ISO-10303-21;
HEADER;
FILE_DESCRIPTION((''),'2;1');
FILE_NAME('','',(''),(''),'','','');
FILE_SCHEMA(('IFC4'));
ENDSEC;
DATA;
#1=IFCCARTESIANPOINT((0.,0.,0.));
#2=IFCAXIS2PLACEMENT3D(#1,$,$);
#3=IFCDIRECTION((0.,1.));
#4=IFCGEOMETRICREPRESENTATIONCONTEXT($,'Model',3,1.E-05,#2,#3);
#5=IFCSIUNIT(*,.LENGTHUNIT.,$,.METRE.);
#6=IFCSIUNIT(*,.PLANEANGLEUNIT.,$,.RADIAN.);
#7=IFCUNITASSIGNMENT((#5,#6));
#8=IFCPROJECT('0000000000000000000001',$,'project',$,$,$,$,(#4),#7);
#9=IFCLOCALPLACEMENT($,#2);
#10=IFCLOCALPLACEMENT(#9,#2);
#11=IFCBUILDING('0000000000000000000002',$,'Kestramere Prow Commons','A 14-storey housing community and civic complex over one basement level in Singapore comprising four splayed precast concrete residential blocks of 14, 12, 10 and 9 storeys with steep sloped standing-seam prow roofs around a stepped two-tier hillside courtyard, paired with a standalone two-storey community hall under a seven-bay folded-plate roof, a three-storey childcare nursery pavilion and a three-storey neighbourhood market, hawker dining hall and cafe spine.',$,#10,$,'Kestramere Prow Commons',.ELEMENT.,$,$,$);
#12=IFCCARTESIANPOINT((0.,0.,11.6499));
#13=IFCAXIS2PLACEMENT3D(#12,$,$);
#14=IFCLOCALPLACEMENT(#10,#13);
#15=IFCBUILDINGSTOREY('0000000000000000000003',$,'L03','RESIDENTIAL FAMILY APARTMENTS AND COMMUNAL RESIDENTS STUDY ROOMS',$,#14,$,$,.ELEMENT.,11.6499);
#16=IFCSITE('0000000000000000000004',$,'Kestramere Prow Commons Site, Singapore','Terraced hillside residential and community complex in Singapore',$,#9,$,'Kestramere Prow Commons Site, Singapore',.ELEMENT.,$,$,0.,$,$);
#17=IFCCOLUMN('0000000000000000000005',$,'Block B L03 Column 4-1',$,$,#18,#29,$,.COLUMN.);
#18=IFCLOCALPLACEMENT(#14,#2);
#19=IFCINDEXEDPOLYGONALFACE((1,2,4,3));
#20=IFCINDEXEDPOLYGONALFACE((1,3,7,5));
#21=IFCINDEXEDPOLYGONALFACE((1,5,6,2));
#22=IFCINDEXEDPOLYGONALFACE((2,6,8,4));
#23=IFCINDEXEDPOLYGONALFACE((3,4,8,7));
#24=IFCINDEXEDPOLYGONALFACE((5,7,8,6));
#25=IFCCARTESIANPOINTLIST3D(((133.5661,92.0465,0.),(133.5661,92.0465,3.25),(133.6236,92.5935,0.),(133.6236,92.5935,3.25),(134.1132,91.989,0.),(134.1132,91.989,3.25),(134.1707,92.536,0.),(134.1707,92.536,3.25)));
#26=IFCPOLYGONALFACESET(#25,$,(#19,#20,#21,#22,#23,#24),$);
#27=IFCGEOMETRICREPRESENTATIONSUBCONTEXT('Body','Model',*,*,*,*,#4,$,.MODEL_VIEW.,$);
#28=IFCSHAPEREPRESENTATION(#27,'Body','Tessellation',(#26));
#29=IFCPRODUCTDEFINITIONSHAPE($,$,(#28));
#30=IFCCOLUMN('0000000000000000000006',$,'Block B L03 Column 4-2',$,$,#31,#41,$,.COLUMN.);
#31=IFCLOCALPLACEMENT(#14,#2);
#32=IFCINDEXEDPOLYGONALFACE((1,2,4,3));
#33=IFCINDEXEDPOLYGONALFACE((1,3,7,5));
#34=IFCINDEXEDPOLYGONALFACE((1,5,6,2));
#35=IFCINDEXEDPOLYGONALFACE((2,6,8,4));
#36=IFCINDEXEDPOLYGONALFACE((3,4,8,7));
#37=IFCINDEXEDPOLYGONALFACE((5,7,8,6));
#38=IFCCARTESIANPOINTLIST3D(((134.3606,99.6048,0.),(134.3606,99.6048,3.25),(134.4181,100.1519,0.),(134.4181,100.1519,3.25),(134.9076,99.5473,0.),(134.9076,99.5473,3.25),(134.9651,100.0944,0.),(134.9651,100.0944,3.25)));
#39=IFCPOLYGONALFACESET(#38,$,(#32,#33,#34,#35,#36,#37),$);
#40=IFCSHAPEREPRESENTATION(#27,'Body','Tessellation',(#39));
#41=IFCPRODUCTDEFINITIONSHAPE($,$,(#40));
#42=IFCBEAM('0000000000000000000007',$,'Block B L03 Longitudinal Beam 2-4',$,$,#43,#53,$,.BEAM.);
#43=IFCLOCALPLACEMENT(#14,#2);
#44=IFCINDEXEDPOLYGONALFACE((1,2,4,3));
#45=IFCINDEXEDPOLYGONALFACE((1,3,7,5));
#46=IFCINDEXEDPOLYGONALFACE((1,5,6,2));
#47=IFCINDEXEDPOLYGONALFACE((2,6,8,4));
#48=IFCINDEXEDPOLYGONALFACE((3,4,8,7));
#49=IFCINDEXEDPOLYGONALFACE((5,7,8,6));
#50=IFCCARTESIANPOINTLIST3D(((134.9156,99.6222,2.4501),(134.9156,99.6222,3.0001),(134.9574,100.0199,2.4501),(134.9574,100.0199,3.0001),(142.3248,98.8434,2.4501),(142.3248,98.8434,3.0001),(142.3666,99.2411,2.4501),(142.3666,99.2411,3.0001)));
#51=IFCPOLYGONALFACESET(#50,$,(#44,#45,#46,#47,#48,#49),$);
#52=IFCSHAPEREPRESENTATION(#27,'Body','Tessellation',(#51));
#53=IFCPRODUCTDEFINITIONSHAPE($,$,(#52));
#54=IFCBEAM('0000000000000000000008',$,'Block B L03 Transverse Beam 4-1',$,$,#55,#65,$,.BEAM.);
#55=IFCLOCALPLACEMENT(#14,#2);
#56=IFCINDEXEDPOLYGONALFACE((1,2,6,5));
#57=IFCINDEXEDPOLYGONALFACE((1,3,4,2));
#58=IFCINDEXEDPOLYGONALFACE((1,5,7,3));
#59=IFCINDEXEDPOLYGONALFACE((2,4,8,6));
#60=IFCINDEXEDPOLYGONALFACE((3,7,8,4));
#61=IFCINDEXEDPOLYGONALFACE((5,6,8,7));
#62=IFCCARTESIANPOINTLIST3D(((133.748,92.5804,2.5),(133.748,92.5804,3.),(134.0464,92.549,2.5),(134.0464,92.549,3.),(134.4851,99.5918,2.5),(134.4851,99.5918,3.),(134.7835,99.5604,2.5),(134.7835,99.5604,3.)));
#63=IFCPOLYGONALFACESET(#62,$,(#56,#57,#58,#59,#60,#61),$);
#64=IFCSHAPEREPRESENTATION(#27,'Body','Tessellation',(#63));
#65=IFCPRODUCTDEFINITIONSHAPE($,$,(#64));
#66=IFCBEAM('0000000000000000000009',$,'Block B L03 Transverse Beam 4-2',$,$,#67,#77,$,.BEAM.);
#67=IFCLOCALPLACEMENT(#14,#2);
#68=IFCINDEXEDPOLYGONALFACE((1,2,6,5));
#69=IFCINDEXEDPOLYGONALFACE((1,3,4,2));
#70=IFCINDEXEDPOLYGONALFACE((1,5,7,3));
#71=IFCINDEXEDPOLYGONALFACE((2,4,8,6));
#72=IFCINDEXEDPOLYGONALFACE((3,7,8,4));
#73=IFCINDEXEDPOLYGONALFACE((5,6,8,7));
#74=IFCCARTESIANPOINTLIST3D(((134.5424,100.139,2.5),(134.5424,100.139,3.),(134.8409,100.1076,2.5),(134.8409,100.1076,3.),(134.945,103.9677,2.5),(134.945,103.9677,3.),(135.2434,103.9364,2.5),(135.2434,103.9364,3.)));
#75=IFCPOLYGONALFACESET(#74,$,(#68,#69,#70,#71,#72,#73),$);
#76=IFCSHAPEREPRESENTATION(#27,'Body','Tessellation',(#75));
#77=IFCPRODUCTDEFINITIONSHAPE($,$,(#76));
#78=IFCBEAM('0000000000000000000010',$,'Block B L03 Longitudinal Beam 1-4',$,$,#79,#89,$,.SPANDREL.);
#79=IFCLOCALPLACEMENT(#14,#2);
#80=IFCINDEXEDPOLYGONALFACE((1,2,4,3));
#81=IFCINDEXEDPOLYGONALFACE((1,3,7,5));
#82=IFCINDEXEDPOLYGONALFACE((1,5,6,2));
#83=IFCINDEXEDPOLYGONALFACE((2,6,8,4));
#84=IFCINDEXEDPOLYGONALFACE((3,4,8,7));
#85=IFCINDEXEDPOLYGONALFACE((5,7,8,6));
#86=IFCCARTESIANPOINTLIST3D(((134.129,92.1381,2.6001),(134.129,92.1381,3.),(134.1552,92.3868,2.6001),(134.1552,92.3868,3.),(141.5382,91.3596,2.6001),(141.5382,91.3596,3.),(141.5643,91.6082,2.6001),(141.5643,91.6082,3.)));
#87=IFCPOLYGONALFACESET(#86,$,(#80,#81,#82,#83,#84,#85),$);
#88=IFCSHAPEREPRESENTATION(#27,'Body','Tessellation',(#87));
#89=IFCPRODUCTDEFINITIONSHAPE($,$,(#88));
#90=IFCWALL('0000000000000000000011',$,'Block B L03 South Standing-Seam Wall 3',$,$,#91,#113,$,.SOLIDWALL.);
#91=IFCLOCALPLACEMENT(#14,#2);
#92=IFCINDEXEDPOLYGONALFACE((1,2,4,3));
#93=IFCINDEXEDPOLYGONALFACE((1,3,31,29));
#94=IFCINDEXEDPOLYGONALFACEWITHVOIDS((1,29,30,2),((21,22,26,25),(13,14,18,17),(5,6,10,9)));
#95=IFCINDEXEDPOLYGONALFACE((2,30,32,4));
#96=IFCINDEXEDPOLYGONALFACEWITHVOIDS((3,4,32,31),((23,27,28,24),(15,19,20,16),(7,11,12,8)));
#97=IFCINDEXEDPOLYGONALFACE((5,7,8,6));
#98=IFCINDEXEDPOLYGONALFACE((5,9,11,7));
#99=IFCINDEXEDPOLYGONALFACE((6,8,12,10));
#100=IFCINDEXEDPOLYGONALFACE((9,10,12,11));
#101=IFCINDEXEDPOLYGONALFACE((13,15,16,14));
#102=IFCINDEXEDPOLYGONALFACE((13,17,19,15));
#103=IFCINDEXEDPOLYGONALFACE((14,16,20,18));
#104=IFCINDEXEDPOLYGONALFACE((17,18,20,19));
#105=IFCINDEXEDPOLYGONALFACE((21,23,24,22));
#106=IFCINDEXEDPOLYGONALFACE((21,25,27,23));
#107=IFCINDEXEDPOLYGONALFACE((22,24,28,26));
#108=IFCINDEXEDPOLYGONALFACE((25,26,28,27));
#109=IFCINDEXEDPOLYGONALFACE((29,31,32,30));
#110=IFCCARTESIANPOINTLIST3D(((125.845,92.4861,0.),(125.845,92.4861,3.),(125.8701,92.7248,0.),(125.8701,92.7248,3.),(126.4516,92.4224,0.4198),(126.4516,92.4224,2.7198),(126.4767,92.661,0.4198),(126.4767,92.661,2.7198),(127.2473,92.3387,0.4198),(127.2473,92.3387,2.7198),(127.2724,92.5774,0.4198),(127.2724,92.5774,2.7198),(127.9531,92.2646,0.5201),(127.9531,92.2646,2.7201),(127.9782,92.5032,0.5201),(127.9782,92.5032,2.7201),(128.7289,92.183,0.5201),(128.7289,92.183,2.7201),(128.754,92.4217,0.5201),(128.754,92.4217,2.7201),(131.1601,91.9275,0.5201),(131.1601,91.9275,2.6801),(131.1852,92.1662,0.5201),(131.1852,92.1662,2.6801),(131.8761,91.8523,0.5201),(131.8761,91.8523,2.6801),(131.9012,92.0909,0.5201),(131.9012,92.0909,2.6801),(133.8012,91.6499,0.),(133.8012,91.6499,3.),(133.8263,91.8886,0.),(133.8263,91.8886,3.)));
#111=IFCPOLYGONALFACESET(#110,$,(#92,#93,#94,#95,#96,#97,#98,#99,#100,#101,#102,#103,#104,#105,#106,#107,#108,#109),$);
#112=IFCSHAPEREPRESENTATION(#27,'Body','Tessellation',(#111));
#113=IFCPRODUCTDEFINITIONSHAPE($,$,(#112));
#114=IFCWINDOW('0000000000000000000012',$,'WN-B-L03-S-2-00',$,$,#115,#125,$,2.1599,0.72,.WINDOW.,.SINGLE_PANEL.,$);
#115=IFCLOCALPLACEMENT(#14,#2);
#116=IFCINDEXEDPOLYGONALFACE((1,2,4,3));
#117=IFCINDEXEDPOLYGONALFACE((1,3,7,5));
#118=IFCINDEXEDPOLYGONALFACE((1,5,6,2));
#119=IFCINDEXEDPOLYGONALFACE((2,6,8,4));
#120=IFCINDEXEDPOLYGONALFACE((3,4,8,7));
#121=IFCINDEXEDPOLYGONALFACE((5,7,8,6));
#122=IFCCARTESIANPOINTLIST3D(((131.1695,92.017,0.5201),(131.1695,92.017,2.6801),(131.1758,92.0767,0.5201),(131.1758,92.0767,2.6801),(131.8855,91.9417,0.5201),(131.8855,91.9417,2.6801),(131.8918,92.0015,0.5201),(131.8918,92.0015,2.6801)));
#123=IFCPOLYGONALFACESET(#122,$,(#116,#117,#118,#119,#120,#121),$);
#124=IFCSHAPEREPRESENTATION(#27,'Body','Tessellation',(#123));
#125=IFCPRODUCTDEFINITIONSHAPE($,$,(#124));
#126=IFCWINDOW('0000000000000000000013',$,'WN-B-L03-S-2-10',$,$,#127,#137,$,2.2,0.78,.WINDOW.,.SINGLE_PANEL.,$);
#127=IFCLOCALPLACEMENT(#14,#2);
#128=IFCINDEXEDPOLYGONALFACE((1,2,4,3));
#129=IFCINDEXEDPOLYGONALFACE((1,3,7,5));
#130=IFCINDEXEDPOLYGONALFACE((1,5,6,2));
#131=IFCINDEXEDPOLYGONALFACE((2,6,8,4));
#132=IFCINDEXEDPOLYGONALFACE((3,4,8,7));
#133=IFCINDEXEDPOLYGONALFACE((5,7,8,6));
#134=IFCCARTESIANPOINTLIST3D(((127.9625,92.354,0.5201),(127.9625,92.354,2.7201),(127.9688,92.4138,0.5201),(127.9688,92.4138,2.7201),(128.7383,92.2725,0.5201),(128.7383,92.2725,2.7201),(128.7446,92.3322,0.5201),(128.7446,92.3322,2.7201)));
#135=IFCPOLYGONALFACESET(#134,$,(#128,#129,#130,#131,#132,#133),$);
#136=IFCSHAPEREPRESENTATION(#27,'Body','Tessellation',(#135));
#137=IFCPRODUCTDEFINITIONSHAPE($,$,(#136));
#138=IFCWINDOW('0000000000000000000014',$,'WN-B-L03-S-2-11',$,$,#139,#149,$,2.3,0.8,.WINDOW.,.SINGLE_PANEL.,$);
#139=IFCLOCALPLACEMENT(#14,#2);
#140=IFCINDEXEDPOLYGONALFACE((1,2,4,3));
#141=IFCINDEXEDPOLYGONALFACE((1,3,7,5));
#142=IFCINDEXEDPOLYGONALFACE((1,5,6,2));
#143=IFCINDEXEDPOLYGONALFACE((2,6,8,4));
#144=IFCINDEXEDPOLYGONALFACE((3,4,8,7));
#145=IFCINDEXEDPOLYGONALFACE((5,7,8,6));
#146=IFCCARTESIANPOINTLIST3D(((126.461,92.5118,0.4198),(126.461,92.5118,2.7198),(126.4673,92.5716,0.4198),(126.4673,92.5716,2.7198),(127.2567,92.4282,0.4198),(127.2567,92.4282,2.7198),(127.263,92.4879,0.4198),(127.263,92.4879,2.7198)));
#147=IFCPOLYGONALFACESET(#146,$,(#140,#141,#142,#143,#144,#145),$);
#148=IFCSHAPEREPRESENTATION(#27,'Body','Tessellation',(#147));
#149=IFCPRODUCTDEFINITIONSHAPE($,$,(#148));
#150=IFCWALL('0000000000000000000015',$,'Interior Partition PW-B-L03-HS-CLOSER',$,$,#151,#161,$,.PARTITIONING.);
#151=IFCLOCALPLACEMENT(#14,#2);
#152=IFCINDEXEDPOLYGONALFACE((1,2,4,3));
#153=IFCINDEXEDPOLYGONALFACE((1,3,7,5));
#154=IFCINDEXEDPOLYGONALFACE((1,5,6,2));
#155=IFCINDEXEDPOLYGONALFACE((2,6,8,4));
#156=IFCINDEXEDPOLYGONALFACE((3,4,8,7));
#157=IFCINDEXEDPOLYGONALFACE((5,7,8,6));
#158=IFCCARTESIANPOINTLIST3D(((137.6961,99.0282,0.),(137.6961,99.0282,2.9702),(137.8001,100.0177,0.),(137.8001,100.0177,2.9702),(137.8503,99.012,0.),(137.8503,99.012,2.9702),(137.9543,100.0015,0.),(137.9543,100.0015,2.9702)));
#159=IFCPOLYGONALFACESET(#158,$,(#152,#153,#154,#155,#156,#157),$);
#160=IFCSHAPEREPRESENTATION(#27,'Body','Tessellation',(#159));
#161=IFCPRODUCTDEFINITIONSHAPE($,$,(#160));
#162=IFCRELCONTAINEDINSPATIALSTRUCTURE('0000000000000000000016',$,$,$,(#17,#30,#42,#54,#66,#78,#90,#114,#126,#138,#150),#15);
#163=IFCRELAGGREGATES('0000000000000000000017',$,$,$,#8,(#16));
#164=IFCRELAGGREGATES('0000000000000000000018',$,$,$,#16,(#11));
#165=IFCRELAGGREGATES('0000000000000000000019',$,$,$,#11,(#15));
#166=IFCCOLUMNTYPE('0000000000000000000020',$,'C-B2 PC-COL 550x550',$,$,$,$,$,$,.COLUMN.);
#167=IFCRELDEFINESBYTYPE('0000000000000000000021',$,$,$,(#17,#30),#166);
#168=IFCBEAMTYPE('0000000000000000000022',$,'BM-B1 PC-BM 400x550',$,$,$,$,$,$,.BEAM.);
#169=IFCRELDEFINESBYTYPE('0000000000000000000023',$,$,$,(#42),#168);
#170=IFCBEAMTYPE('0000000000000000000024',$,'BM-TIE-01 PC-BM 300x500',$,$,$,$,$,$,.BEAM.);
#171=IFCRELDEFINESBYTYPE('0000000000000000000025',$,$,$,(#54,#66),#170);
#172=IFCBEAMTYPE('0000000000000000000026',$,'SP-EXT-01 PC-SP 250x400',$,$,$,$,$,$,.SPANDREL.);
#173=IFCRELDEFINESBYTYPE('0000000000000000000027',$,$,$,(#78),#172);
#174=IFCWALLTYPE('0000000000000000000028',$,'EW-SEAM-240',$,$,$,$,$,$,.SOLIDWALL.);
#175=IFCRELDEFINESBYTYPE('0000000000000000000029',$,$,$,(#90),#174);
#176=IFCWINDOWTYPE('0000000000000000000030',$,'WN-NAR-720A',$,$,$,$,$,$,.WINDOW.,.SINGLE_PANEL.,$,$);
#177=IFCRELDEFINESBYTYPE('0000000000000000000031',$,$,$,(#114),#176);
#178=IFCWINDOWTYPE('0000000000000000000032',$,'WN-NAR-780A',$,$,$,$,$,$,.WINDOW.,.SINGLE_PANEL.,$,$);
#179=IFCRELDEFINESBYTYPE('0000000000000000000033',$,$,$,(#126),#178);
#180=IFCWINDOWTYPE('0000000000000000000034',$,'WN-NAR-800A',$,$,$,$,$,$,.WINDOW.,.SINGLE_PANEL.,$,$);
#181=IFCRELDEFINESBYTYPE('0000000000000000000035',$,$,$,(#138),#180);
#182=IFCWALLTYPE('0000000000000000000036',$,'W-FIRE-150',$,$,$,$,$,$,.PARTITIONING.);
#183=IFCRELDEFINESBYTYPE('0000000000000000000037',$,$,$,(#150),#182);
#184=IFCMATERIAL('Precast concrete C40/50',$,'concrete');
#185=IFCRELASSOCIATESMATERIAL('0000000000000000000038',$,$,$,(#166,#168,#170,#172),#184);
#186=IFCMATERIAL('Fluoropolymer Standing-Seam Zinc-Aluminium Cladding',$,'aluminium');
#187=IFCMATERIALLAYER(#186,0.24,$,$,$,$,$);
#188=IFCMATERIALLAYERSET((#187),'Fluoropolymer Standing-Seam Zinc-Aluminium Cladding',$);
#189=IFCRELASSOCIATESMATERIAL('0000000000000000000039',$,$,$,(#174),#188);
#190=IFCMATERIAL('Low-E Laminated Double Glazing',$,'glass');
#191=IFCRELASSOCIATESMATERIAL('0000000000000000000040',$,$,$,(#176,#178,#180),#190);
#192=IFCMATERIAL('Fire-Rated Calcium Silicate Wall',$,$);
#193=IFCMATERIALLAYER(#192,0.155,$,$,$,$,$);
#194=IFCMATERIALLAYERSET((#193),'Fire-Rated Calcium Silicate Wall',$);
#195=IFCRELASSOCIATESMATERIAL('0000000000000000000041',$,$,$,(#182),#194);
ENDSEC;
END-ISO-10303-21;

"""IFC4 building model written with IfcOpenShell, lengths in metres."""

from ifc_helpers import new_model, si_unit, direction, frame, frame_2d, origin, origin_2d, place, context, subcontext, project, spatial, rectangle, extrude, material, layer, layer_set, material_profile, profile_set, type_object, element, fill, save


model = new_model("IFC4")

# Units and contexts
model_context = context("Model", 3, precision=1e-05, world=origin(), true_north=direction((0.0, 1.0)))
body_context = subcontext(model_context, "Body", "Model", "MODEL_VIEW")
ifc_project = project(units=[si_unit("LENGTHUNIT", "METRE"), si_unit("PLANEANGLEUNIT", "RADIAN")], contexts=[model_context])

# Site, building, storey
site_placement = place(None, origin())
site = spatial("IfcSite", under=ifc_project, at=site_placement, Name="Kestramere Prow Commons Site, Singapore", Description="Terraced hillside residential and community complex in Singapore", LongName="Kestramere Prow Commons Site, Singapore", CompositionType="ELEMENT", RefElevation=0.0)
building_placement = place(site_placement, origin())
building = spatial("IfcBuilding", under=site, at=building_placement, Name="Kestramere Prow Commons", Description="A 14-storey housing community and civic complex over one basement level in Singapore comprising four splayed precast concrete residential blocks of 14, 12, 10 and 9 storeys with steep sloped standing-seam prow roofs around a stepped two-tier hillside courtyard, paired with a standalone two-storey community hall under a seven-bay folded-plate roof, a three-storey childcare nursery pavilion and a three-storey neighbourhood market, hawker dining hall and cafe spine.", LongName="Kestramere Prow Commons", CompositionType="ELEMENT")
storey_placement = place(building_placement, frame((0.0, 0.0, 11.6499)))
storey = spatial("IfcBuildingStorey", under=building, at=storey_placement, Name="L03", Description="RESIDENTIAL FAMILY APARTMENTS AND COMMUNAL RESIDENTS STUDY ROOMS", CompositionType="ELEMENT", Elevation=11.6499)

# Columns
ifc_material_1 = material(Name="Precast concrete C40/50", Category="concrete")
ifc_material_profile_1 = material_profile(ifc_material_1, rectangle(XDim=0.55, YDim=0.55, at=origin_2d()), Name="PC-COL 550x550")
ifc_profile_set_1 = profile_set([ifc_material_profile_1], Name="Precast concrete C40/50")
column_type = type_object("IfcColumnType", Name="C-B2 PC-COL 550x550", PredefinedType="COLUMN", material=ifc_profile_set_1)
for number, where, z_axis, x_axis, name in (
    (1, (133.8684, 92.2913, 0.0), (0.0, 0.0, 1.0), (0.994522, -0.104528, 0.0), "Block B L03 Column 4-1"),
    (2, (134.6628, 99.8496, 0.0), (0.0, 0.0, 1.0), (0.994522, -0.104528, 0.0), "Block B L03 Column 4-2"),
):
    element("IfcColumn", number, at=place(storey_placement, frame(where, z_axis=z_axis, x_axis=x_axis)), inside=storey, type_object=column_type, Name=name, PredefinedType="COLUMN", context=body_context, shape_type="SweptSolid", body=[
        extrude(rectangle(XDim=0.55, YDim=0.55, at=origin_2d()), origin(), (0.0, 0.0, 1.0), 3.25),
    ])

# Beams
ifc_material_profile_2 = material_profile(ifc_material_1, rectangle(XDim=0.3999, YDim=0.55, at=origin_2d()), Name="PC-BM 400x550")
ifc_profile_set_2 = profile_set([ifc_material_profile_2], Name="Precast concrete C40/50")
beam_type_1 = type_object("IfcBeamType", Name="BM-B1 PC-BM 400x550", PredefinedType="BEAM", material=ifc_profile_set_2)
beam_1_placement = place(storey_placement, frame((134.9365, 99.821, 2.7251), z_axis=(0.994521, -0.104538, 0.0), x_axis=(0.104538, 0.994521, 0.0)))
element("IfcBeam", 3, at=beam_1_placement, inside=storey, type_object=beam_type_1, Name="Block B L03 Longitudinal Beam 2-4", PredefinedType="BEAM", context=body_context, shape_type="SweptSolid", body=[
    extrude(rectangle(XDim=0.3999, YDim=0.55, at=origin_2d()), origin(), (0.0, 0.0, 1.0), 7.45),
])
ifc_material_profile_3 = material_profile(ifc_material_1, rectangle(XDim=0.3, YDim=0.5, at=origin_2d()), Name="PC-BM 300x500")
ifc_profile_set_3 = profile_set([ifc_material_profile_3], Name="Precast concrete C40/50")
beam_type_2 = type_object("IfcBeamType", Name="BM-TIE-01 PC-BM 300x500", PredefinedType="BEAM", material=ifc_profile_set_3)
beam_2_placement = place(storey_placement, frame((133.8972, 92.5647, 2.75), z_axis=(0.104546, 0.99452, 0.0), x_axis=(-0.99452, 0.104546, 0.0)))
element("IfcBeam", 4, at=beam_2_placement, inside=storey, type_object=beam_type_2, Name="Block B L03 Transverse Beam 4-1", PredefinedType="BEAM", context=body_context, shape_type="SweptSolid", body=[
    extrude(rectangle(XDim=0.3, YDim=0.5, at=origin_2d()), origin(), (0.0, 0.0, 1.0), 7.05),
])
beam_3_placement = place(storey_placement, frame((134.6917, 100.1233, 2.75), z_axis=(0.104569, 0.994518, 0.0), x_axis=(-0.994518, 0.104569, 0.0)))
element("IfcBeam", 5, at=beam_3_placement, inside=storey, type_object=beam_type_2, Name="Block B L03 Transverse Beam 4-2", PredefinedType="BEAM", context=body_context, shape_type="SweptSolid", body=[
    extrude(rectangle(XDim=0.3, YDim=0.5, at=origin_2d()), origin(), (0.0, 0.0, 1.0), 3.8499),
])
ifc_material_profile_4 = material_profile(ifc_material_1, rectangle(XDim=0.25, YDim=0.3999, at=origin_2d()), Name="PC-SP 250x400")
ifc_profile_set_4 = profile_set([ifc_material_profile_4], Name="Precast concrete C40/50")
beam_type_3 = type_object("IfcBeamType", Name="SP-EXT-01 PC-SP 250x400", PredefinedType="SPANDREL", material=ifc_profile_set_4)
beam_4_placement = place(storey_placement, frame((134.1421, 92.2625, 2.8), z_axis=(0.994524, -0.104506, 0.0), x_axis=(0.104506, 0.994524, 0.0)))
element("IfcBeam", 6, at=beam_4_placement, inside=storey, type_object=beam_type_3, Name="Block B L03 Longitudinal Beam 1-4", PredefinedType="SPANDREL", context=body_context, shape_type="SweptSolid", body=[
    extrude(rectangle(XDim=0.25, YDim=0.3999, at=origin_2d()), origin(), (0.0, 0.0, 1.0), 7.45),
])

# Wall, openings, windows
ifc_material_2 = material(Name="Fluoropolymer Standing-Seam Zinc-Aluminium Cladding", Category="aluminium")
ifc_layer_1 = layer(ifc_material_2, 0.24)
ifc_layer_set_1 = layer_set([ifc_layer_1], Name="Fluoropolymer Standing-Seam Zinc-Aluminium Cladding")
wall_type_1 = type_object("IfcWallType", Name="EW-SEAM-240", PredefinedType="SOLIDWALL", material=ifc_layer_set_1)
wall_1_placement = place(storey_placement, frame((133.8137, 91.7693, 0.0), z_axis=(0.0, 0.0, 1.0), x_axis=(-0.994523, 0.104521, 0.0)))
wall_1 = element("IfcWall", 7, at=wall_1_placement, inside=storey, type_object=wall_type_1, Name="Block B L03 South Standing-Seam Wall 3", PredefinedType="SOLIDWALL", context=body_context, shape_type="SweptSolid", body=[
    extrude(rectangle(XDim=8.0, YDim=0.24, at=frame_2d((4.0, 0.0))), origin(), (0.0, 0.0, 1.0), 3.0),
])
opening_1_placement = place(wall_1_placement, frame((1.9358, 0.0, 0.52)))
opening_1 = element("IfcOpeningElement", 8, at=opening_1_placement, cuts=wall_1, PredefinedType="OPENING", context=body_context, shape_type="SweptSolid", body=[
    extrude(rectangle(XDim=0.72, YDim=2.1599, at=frame_2d((0.3599, 1.0801))), frame((0.0, 0.135, 0.0), z_axis=(0.0, -1.0, 0.0), x_axis=(1.0, 0.0, 0.0)), (0.0, 0.0, 1.0), 0.27),
])
opening_2_placement = place(wall_1_placement, frame((5.1001, 0.0, 0.52)))
opening_2 = element("IfcOpeningElement", 9, at=opening_2_placement, cuts=wall_1, PredefinedType="OPENING", context=body_context, shape_type="SweptSolid", body=[
    extrude(rectangle(XDim=0.78, YDim=2.2, at=frame_2d((0.3901, 1.1001))), frame((0.0, 0.135, 0.0), z_axis=(0.0, -1.0, 0.0), x_axis=(1.0, 0.0, 0.0)), (0.0, 0.0, 1.0), 0.27),
])
opening_3_placement = place(wall_1_placement, frame((6.5901, 0.0, 0.4199)))
opening_3 = element("IfcOpeningElement", 10, at=opening_3_placement, cuts=wall_1, PredefinedType="OPENING", context=body_context, shape_type="SweptSolid", body=[
    extrude(rectangle(XDim=0.8, YDim=2.3, at=frame_2d((0.3999, 1.1499))), frame((0.0, 0.135, 0.0), z_axis=(0.0, -1.0, 0.0), x_axis=(1.0, 0.0, 0.0)), (0.0, 0.0, 1.0), 0.27),
])
ifc_material_3 = material(Name="Low-E Laminated Double Glazing", Category="glass")
window_type_1 = type_object("IfcWindowType", Name="WN-NAR-720A", PartitioningType="SINGLE_PANEL", PredefinedType="WINDOW", material=ifc_material_3)
window_1_placement = place(opening_1_placement, origin())
window_1 = element("IfcWindow", 11, at=window_1_placement, inside=storey, type_object=window_type_1, Name="WN-B-L03-S-2-00", OverallHeight=2.1599, OverallWidth=0.72, PartitioningType="SINGLE_PANEL", PredefinedType="WINDOW", context=body_context, shape_type="SweptSolid", body=[
    extrude(rectangle(XDim=0.72, YDim=2.1599, at=frame_2d((0.3599, 1.0801))), frame((0.0, 0.03, 0.0), z_axis=(0.0, -1.0, 0.0), x_axis=(1.0, 0.0, 0.0)), (0.0, 0.0, 1.0), 0.0601),
])
fill(opening_1, window_1)
window_type_2 = type_object("IfcWindowType", Name="WN-NAR-780A", PartitioningType="SINGLE_PANEL", PredefinedType="WINDOW", material=ifc_material_3)
window_2_placement = place(opening_2_placement, origin())
window_2 = element("IfcWindow", 12, at=window_2_placement, inside=storey, type_object=window_type_2, Name="WN-B-L03-S-2-10", OverallHeight=2.2, OverallWidth=0.78, PartitioningType="SINGLE_PANEL", PredefinedType="WINDOW", context=body_context, shape_type="SweptSolid", body=[
    extrude(rectangle(XDim=0.78, YDim=2.2, at=frame_2d((0.3901, 1.1001))), frame((0.0, 0.03, 0.0), z_axis=(0.0, -1.0, 0.0), x_axis=(1.0, 0.0, 0.0)), (0.0, 0.0, 1.0), 0.0601),
])
fill(opening_2, window_2)
window_type_3 = type_object("IfcWindowType", Name="WN-NAR-800A", PartitioningType="SINGLE_PANEL", PredefinedType="WINDOW", material=ifc_material_3)
window_3_placement = place(opening_3_placement, origin())
window_3 = element("IfcWindow", 13, at=window_3_placement, inside=storey, type_object=window_type_3, Name="WN-B-L03-S-2-11", OverallHeight=2.3, OverallWidth=0.8, PartitioningType="SINGLE_PANEL", PredefinedType="WINDOW", context=body_context, shape_type="SweptSolid", body=[
    extrude(rectangle(XDim=0.8, YDim=2.3, at=frame_2d((0.3999, 1.1499))), frame((0.0, 0.03, 0.0), z_axis=(0.0, -1.0, 0.0), x_axis=(1.0, 0.0, 0.0)), (0.0, 0.0, 1.0), 0.0601),
])
fill(opening_3, window_3)

# Wall
ifc_material_4 = material(Name="Fire-Rated Calcium Silicate Wall")
ifc_layer_2 = layer(ifc_material_4, 0.155)
ifc_layer_set_2 = layer_set([ifc_layer_2], Name="Fire-Rated Calcium Silicate Wall")
wall_type_2 = type_object("IfcWallType", Name="W-FIRE-150", PredefinedType="PARTITIONING", material=ifc_layer_set_2)
wall_2_placement = place(storey_placement, frame((137.7732, 99.02, 0.0), z_axis=(0.0, 0.0, 1.0), x_axis=(0.104532, 0.994522, 0.0)))
element("IfcWall", 14, at=wall_2_placement, inside=storey, type_object=wall_type_2, Name="Interior Partition PW-B-L03-HS-CLOSER", PredefinedType="PARTITIONING", context=body_context, shape_type="SweptSolid", body=[
    extrude(rectangle(XDim=0.9949, YDim=0.155, at=frame_2d((0.4976, 0.0))), origin(), (0.0, 0.0, 1.0), 2.9702),
])

save(model, "model.ifc")
